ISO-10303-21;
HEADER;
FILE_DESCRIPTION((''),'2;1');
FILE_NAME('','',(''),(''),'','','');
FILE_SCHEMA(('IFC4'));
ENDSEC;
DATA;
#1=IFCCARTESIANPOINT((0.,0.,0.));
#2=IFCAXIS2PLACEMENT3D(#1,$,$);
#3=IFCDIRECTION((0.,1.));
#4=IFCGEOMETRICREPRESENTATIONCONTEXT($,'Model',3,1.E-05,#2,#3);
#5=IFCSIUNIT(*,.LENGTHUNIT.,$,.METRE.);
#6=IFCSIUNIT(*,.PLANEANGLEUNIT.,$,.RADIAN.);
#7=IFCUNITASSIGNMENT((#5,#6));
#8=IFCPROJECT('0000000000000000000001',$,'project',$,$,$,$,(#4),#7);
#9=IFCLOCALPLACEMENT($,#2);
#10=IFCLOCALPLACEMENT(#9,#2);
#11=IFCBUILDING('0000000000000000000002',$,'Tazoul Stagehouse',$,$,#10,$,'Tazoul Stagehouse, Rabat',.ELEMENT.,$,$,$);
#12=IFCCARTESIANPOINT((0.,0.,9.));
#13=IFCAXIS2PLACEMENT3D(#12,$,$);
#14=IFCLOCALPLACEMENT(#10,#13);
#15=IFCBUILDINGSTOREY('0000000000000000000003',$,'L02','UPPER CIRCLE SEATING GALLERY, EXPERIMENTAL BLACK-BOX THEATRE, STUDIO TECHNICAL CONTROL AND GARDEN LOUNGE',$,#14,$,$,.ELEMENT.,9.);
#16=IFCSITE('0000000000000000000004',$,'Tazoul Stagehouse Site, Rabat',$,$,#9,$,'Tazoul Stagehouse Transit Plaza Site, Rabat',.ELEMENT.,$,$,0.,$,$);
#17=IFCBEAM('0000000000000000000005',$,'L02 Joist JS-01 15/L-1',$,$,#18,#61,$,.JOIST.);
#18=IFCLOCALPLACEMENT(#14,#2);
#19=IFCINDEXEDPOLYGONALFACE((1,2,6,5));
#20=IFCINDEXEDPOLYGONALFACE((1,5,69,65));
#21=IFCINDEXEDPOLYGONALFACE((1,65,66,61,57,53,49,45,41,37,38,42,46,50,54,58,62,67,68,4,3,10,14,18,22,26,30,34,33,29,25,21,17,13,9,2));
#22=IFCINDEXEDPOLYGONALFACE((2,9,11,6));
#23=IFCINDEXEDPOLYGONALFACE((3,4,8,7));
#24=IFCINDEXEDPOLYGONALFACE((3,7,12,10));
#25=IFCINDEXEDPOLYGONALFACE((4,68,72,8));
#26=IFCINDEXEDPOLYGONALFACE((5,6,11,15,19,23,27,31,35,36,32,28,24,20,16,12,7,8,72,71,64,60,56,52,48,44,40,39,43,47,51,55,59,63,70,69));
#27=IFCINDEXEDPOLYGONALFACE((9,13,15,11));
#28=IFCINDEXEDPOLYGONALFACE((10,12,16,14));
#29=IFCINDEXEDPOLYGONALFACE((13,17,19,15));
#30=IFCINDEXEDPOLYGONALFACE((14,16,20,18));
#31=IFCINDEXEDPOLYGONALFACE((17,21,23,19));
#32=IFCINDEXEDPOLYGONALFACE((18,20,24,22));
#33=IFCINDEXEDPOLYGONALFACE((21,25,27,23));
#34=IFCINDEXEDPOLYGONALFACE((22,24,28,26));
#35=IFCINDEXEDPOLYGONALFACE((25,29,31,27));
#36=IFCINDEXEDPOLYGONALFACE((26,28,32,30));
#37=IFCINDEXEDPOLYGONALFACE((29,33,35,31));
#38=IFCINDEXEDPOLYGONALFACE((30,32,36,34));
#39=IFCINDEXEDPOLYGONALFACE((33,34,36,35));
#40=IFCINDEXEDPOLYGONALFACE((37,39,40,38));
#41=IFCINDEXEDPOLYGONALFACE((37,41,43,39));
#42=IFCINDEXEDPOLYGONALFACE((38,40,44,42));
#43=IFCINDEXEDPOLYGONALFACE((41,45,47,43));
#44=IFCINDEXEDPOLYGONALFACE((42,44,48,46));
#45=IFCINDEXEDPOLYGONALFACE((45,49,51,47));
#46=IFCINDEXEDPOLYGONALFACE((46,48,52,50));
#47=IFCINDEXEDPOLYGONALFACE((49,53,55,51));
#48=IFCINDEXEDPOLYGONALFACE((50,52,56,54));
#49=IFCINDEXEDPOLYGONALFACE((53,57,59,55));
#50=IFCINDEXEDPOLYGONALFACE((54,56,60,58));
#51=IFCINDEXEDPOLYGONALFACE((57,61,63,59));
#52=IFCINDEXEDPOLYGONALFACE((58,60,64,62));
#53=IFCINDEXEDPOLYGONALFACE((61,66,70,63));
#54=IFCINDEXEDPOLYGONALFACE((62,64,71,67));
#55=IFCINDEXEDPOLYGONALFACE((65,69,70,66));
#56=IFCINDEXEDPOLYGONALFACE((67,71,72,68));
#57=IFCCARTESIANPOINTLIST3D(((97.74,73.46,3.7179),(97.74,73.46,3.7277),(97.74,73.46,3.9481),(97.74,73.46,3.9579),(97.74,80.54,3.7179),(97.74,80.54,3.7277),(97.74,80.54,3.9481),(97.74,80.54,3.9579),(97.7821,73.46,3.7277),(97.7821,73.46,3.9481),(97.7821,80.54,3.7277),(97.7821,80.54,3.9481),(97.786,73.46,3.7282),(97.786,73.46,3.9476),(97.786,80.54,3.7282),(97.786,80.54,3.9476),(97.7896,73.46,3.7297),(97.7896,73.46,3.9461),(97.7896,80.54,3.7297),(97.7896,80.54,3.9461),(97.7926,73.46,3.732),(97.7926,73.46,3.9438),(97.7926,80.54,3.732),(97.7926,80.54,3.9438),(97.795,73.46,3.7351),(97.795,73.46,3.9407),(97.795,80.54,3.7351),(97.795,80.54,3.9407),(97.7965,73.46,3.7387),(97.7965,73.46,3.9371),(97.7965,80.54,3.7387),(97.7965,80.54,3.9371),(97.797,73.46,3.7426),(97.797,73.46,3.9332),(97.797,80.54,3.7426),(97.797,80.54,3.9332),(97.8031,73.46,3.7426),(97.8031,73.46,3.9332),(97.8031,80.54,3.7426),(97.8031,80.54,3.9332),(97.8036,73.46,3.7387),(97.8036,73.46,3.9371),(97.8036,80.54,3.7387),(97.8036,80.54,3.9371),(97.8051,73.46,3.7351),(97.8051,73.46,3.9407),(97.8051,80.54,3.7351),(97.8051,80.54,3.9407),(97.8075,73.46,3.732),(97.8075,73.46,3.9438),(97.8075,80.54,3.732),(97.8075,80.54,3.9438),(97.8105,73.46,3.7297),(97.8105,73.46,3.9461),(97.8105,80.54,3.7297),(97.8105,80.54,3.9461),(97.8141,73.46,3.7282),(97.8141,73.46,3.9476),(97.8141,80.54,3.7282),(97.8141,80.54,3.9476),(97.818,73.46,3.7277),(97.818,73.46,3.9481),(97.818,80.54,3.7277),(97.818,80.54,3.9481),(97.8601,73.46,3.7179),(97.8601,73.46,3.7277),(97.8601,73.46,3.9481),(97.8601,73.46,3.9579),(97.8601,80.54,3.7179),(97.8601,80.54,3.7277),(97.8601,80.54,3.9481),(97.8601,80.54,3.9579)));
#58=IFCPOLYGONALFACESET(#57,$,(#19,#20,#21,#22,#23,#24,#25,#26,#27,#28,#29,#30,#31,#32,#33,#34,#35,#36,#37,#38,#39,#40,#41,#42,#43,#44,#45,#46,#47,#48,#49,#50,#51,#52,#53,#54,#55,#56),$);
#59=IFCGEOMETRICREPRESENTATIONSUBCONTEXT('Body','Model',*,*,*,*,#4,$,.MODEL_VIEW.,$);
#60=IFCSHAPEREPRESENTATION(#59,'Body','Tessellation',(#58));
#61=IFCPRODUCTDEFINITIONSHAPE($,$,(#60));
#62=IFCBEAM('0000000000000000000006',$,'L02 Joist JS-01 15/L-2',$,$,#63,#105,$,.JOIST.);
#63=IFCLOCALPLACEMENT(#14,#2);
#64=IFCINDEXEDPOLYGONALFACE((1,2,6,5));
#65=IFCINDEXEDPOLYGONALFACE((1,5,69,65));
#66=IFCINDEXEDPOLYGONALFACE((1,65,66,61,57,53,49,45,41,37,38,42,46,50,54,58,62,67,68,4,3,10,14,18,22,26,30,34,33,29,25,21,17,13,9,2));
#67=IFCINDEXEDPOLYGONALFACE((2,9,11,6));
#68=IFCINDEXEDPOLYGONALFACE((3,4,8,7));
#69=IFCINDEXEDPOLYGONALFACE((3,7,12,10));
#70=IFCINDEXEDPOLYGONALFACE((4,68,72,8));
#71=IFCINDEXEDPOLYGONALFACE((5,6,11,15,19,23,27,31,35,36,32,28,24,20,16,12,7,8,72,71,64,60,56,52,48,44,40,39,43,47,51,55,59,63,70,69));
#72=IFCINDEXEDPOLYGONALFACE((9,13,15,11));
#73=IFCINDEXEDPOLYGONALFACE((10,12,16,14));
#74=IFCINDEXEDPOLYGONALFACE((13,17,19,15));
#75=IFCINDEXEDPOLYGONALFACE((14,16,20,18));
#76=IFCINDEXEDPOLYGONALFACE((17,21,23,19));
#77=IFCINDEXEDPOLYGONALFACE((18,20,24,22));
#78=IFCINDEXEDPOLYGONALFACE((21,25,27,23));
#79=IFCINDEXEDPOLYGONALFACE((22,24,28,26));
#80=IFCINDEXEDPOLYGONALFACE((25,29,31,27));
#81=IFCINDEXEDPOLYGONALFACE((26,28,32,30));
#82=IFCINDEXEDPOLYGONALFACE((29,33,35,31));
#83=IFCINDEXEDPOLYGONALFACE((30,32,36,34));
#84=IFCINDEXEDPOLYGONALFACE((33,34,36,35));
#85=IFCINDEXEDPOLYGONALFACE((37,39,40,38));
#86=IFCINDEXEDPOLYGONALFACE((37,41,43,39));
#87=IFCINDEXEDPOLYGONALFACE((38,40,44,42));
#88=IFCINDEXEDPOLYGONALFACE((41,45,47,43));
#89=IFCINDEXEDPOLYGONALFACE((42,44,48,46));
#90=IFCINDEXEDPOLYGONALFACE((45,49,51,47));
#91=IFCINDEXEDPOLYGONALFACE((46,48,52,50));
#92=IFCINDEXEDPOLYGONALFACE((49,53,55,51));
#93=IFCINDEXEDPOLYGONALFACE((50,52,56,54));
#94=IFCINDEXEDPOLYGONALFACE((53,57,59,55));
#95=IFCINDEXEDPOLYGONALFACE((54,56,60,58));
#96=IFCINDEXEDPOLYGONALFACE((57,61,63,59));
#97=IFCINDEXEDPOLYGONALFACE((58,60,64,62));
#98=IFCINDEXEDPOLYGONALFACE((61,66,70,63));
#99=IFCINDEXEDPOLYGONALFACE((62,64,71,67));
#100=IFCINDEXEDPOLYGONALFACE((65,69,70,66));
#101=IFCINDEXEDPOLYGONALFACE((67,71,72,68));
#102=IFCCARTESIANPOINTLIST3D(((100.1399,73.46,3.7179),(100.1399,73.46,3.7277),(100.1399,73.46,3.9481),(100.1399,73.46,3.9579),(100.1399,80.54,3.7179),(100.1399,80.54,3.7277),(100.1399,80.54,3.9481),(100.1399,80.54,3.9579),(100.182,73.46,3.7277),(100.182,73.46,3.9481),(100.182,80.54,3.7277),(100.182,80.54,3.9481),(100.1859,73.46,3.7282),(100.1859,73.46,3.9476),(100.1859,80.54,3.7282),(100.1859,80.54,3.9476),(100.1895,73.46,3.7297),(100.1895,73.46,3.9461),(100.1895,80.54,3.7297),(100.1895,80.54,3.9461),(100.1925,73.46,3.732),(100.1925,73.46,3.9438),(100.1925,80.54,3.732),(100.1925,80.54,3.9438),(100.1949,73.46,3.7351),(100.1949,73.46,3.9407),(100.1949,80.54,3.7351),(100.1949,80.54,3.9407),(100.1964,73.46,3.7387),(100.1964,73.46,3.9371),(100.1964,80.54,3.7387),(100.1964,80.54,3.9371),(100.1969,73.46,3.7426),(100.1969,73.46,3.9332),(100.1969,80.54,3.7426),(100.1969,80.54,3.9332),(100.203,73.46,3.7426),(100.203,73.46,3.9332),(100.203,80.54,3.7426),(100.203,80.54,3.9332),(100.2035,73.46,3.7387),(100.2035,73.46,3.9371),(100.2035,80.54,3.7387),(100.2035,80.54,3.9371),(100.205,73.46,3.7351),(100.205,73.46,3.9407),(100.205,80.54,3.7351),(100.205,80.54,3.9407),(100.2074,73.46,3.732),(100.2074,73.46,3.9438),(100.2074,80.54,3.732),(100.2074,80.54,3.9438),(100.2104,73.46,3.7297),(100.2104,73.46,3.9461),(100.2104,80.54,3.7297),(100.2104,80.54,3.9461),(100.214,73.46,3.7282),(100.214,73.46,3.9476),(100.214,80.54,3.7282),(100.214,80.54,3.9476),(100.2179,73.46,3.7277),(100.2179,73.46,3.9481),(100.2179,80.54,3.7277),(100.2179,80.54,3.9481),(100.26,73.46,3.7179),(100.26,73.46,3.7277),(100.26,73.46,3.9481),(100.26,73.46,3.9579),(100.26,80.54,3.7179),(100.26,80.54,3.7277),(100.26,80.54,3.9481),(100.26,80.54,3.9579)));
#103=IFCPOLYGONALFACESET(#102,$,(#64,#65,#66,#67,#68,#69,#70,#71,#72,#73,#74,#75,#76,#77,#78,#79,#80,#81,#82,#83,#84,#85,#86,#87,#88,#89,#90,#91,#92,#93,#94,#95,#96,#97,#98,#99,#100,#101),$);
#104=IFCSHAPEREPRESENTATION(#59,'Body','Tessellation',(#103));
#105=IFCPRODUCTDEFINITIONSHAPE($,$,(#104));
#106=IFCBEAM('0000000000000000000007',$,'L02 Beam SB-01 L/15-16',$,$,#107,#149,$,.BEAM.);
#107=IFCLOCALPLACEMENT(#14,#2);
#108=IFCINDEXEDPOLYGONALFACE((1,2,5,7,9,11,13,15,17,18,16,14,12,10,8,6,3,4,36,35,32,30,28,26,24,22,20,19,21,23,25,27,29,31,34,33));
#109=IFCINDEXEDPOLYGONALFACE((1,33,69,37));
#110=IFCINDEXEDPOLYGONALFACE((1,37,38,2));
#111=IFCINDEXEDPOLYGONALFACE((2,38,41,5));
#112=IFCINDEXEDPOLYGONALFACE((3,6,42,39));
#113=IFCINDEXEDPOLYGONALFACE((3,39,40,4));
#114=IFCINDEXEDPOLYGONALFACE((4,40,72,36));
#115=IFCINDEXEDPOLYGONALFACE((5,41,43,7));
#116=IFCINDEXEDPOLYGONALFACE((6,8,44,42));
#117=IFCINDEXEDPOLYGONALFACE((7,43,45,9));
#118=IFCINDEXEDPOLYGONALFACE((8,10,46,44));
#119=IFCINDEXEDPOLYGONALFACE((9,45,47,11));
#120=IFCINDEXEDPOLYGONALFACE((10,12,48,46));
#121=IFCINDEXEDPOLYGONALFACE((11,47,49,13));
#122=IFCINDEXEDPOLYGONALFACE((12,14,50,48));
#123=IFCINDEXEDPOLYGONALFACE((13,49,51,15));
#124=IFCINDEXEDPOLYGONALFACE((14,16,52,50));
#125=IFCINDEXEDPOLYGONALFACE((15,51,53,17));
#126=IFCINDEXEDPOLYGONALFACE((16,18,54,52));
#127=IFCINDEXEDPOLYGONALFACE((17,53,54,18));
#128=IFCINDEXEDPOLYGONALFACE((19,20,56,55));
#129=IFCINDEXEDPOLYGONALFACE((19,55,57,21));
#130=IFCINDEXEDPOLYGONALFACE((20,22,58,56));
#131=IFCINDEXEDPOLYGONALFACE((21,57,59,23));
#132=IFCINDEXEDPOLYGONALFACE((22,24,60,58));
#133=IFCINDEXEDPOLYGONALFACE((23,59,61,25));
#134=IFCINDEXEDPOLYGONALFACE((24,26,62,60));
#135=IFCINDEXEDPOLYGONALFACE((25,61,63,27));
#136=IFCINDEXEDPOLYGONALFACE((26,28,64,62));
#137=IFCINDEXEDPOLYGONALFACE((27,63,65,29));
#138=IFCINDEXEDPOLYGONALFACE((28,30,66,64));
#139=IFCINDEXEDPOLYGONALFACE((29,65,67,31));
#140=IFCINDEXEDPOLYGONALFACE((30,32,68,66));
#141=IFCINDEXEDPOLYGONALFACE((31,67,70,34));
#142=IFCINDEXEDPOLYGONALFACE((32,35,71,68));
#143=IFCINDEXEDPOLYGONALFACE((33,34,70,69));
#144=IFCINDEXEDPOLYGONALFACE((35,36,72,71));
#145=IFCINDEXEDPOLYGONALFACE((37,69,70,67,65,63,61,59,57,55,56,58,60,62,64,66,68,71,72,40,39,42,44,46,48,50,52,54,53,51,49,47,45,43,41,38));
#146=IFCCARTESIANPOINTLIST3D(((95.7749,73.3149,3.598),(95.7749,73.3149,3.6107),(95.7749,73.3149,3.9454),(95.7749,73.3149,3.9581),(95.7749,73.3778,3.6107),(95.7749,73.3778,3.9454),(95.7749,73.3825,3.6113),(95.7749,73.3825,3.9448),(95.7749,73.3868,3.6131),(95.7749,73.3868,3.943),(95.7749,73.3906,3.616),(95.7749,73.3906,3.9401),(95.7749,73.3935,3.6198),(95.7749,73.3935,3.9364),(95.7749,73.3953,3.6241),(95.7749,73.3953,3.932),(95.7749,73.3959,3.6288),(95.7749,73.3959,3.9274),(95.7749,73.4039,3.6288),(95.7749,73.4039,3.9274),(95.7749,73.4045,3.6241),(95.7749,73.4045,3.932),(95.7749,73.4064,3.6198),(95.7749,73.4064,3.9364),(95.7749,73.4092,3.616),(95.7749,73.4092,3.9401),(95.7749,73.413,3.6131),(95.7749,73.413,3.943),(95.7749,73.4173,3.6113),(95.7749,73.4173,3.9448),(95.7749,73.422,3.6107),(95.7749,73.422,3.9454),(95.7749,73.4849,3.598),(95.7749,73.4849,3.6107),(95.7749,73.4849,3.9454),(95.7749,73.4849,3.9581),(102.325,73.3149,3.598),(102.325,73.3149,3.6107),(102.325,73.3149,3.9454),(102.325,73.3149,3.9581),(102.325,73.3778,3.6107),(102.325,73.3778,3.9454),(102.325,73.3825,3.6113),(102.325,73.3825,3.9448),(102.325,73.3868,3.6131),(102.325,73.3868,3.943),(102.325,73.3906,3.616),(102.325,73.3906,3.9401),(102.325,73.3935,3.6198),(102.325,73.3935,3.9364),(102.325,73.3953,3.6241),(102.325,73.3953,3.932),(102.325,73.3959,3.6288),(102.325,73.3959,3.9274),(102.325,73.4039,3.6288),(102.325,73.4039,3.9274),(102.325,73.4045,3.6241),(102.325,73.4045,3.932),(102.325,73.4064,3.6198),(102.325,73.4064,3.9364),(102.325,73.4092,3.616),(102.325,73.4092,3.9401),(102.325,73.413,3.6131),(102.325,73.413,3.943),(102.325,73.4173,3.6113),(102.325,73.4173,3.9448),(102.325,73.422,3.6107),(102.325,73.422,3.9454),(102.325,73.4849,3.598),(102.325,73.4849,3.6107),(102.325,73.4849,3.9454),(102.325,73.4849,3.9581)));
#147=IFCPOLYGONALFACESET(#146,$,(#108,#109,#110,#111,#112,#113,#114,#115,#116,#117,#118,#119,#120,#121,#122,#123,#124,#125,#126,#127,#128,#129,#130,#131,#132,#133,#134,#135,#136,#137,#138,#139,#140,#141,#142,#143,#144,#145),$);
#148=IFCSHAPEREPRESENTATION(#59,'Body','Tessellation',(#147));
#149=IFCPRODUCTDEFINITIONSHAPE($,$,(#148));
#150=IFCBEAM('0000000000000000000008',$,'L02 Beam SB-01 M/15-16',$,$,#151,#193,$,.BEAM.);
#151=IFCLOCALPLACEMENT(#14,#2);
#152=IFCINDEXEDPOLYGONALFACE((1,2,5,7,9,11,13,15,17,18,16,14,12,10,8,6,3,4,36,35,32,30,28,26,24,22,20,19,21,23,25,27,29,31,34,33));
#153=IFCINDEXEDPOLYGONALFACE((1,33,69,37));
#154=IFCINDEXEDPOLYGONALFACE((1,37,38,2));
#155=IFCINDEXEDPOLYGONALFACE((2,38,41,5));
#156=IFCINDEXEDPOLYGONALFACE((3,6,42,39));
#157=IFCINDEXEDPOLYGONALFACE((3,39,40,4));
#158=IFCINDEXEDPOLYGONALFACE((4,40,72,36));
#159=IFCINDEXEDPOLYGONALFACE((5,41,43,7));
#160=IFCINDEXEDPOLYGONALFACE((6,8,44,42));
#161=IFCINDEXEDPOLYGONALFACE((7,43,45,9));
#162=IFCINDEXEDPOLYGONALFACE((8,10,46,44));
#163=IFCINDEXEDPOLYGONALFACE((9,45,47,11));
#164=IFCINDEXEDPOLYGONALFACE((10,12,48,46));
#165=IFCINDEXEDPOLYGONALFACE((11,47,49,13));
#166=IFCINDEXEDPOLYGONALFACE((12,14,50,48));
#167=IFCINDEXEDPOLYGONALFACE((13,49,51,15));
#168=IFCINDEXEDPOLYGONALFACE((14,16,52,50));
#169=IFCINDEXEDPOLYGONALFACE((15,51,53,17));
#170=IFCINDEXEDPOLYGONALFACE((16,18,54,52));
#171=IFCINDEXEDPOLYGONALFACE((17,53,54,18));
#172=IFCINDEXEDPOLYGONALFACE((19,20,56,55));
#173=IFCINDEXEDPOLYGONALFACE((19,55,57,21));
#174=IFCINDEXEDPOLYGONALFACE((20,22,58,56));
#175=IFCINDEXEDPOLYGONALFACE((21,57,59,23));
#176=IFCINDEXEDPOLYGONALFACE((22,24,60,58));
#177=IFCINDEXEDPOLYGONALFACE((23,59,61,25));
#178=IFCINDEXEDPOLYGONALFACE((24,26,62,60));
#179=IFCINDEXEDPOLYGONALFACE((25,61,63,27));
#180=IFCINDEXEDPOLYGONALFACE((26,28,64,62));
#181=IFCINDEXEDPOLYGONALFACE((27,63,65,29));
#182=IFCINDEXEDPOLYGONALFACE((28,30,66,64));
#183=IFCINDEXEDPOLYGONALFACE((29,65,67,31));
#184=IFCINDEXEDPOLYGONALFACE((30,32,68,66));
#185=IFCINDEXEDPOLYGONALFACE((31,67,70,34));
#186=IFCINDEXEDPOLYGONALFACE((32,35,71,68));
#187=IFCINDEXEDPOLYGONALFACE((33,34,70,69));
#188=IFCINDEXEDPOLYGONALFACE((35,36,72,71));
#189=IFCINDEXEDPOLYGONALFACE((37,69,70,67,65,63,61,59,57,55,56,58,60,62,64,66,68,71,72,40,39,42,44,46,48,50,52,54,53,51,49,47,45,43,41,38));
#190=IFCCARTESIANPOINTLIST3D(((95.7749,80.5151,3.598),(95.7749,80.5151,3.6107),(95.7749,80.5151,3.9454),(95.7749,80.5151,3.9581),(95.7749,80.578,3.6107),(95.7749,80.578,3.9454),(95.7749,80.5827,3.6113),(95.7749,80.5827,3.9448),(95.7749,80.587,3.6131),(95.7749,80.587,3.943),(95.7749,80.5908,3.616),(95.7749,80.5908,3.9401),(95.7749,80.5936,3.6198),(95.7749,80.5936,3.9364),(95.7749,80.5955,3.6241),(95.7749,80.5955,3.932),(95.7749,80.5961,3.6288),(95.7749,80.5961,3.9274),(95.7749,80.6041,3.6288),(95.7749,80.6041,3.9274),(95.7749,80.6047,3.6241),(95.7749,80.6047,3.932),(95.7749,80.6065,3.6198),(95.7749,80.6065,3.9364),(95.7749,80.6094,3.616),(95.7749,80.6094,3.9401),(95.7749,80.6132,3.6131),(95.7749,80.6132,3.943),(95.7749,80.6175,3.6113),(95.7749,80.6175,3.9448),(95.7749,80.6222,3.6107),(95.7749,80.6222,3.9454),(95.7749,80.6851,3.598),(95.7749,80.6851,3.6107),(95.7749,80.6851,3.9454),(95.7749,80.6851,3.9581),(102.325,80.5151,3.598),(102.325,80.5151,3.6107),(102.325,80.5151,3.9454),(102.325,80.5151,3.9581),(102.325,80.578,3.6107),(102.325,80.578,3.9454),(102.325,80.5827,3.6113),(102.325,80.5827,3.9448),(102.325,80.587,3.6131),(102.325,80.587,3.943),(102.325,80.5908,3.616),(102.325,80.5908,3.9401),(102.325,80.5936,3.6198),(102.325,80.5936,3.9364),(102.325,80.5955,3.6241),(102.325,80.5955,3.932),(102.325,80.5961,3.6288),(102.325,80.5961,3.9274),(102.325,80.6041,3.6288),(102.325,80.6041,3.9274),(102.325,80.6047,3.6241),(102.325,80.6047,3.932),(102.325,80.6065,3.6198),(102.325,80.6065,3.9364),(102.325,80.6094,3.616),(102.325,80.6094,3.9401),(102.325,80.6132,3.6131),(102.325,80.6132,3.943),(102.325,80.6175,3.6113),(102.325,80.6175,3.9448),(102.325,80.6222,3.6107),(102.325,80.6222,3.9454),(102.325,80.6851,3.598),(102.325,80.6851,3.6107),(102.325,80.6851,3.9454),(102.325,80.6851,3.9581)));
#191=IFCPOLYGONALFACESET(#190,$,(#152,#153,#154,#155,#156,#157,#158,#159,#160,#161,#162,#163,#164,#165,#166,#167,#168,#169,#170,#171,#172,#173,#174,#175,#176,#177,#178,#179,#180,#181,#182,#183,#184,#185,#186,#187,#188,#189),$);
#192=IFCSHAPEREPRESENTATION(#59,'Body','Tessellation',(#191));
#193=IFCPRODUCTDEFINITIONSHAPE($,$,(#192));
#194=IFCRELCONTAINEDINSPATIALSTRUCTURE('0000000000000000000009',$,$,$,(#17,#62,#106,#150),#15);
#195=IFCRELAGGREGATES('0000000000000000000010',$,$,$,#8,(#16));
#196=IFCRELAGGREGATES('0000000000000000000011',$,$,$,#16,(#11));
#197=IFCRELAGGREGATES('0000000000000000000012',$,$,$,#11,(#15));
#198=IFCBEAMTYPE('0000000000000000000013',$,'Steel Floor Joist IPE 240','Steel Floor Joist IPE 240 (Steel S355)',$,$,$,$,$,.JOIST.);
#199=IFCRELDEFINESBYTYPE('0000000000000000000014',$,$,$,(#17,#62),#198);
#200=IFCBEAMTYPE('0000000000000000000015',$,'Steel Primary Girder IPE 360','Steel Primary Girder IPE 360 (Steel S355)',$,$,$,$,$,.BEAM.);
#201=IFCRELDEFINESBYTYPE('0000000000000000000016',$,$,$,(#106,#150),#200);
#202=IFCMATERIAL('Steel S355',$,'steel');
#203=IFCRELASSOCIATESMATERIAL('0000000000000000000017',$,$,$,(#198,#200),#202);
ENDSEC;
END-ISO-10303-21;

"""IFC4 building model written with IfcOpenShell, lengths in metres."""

from ifc_helpers import new_model, si_unit, direction, frame, origin, origin_2d, place, context, subcontext, project, spatial, i_section, extrude, material, material_profile, profile_set, type_object, element, save


model = new_model("IFC4")

# Units and contexts
model_context = context("Model", 3, precision=1e-05, world=origin(), true_north=direction((0.0, 1.0)))
body_context = subcontext(model_context, "Body", "Model", "MODEL_VIEW")
ifc_project = project(units=[si_unit("LENGTHUNIT", "METRE"), si_unit("PLANEANGLEUNIT", "RADIAN")], contexts=[model_context])

# Site, building, storey
site_placement = place(None, origin())
site = spatial("IfcSite", under=ifc_project, at=site_placement, Name="Tazoul Stagehouse Site, Rabat", LongName="Tazoul Stagehouse Transit Plaza Site, Rabat", CompositionType="ELEMENT", RefElevation=0.0)
building_placement = place(site_placement, origin())
building = spatial("IfcBuilding", under=site, at=building_placement, Name="Tazoul Stagehouse", LongName="Tazoul Stagehouse, Rabat", CompositionType="ELEMENT")
storey_placement = place(building_placement, frame((0.0, 0.0, 9.0)))
storey = spatial("IfcBuildingStorey", under=building, at=storey_placement, Name="L02", Description="UPPER CIRCLE SEATING GALLERY, EXPERIMENTAL BLACK-BOX THEATRE, STUDIO TECHNICAL CONTROL AND GARDEN LOUNGE", CompositionType="ELEMENT", Elevation=9.0)

# Beams
ifc_material_1 = material(Name="Steel S355", Category="steel")
ifc_material_profile_1 = material_profile(ifc_material_1, i_section(OverallWidth=0.1201, OverallDepth=0.24, WebThickness=0.0061, FlangeThickness=0.0098, FilletRadius=0.0149, at=origin_2d()), Name="IPE 240")
ifc_profile_set_1 = profile_set([ifc_material_profile_1], Name="Steel S355")
beam_type_1 = type_object("IfcBeamType", Name="Steel Floor Joist IPE 240", Description="Steel Floor Joist IPE 240 (Steel S355)", PredefinedType="JOIST", material=ifc_profile_set_1)
for number, where, z_axis, x_axis, name in (
    (1, (97.8, 73.46, 3.8379), (0.0, 1.0, 0.0), (-1.0, 0.0, 0.0), "L02 Joist JS-01 15/L-1"),
    (2, (100.2, 73.46, 3.8379), (0.0, 1.0, 0.0), (-1.0, 0.0, 0.0), "L02 Joist JS-01 15/L-2"),
):
    element("IfcBeam", number, at=place(storey_placement, frame(where, z_axis=z_axis, x_axis=x_axis)), inside=storey, type_object=beam_type_1, Name=name, PredefinedType="JOIST", context=body_context, shape_type="SweptSolid", body=[
        extrude(i_section(OverallWidth=0.1201, OverallDepth=0.24, WebThickness=0.0061, FlangeThickness=0.0098, FilletRadius=0.0149, at=origin_2d()), origin(), (0.0, 0.0, 1.0), 7.0801),
    ])
ifc_material_profile_2 = material_profile(ifc_material_1, i_section(OverallWidth=0.1699, OverallDepth=0.3601, WebThickness=0.0081, FlangeThickness=0.0127, FilletRadius=0.0181, at=origin_2d()), Name="IPE 360")
ifc_profile_set_2 = profile_set([ifc_material_profile_2], Name="Steel S355")
beam_type_2 = type_object("IfcBeamType", Name="Steel Primary Girder IPE 360", Description="Steel Primary Girder IPE 360 (Steel S355)", PredefinedType="BEAM", material=ifc_profile_set_2)
for number, where, z_axis, x_axis, name in (
    (3, (95.7749, 73.3999, 3.7781), (1.0, 0.0, 0.0), (0.0, 1.0, 0.0), "L02 Beam SB-01 L/15-16"),
    (4, (95.7749, 80.6001, 3.7781), (1.0, 0.0, 0.0), (0.0, 1.0, 0.0), "L02 Beam SB-01 M/15-16"),
):
    element("IfcBeam", number, at=place(storey_placement, frame(where, z_axis=z_axis, x_axis=x_axis)), inside=storey, type_object=beam_type_2, Name=name, PredefinedType="BEAM", context=body_context, shape_type="SweptSolid", body=[
        extrude(i_section(OverallWidth=0.1699, OverallDepth=0.3601, WebThickness=0.0081, FlangeThickness=0.0127, FilletRadius=0.0181, at=origin_2d()), origin(), (0.0, 0.0, 1.0), 6.55),
    ])

save(model, "model.ifc")
